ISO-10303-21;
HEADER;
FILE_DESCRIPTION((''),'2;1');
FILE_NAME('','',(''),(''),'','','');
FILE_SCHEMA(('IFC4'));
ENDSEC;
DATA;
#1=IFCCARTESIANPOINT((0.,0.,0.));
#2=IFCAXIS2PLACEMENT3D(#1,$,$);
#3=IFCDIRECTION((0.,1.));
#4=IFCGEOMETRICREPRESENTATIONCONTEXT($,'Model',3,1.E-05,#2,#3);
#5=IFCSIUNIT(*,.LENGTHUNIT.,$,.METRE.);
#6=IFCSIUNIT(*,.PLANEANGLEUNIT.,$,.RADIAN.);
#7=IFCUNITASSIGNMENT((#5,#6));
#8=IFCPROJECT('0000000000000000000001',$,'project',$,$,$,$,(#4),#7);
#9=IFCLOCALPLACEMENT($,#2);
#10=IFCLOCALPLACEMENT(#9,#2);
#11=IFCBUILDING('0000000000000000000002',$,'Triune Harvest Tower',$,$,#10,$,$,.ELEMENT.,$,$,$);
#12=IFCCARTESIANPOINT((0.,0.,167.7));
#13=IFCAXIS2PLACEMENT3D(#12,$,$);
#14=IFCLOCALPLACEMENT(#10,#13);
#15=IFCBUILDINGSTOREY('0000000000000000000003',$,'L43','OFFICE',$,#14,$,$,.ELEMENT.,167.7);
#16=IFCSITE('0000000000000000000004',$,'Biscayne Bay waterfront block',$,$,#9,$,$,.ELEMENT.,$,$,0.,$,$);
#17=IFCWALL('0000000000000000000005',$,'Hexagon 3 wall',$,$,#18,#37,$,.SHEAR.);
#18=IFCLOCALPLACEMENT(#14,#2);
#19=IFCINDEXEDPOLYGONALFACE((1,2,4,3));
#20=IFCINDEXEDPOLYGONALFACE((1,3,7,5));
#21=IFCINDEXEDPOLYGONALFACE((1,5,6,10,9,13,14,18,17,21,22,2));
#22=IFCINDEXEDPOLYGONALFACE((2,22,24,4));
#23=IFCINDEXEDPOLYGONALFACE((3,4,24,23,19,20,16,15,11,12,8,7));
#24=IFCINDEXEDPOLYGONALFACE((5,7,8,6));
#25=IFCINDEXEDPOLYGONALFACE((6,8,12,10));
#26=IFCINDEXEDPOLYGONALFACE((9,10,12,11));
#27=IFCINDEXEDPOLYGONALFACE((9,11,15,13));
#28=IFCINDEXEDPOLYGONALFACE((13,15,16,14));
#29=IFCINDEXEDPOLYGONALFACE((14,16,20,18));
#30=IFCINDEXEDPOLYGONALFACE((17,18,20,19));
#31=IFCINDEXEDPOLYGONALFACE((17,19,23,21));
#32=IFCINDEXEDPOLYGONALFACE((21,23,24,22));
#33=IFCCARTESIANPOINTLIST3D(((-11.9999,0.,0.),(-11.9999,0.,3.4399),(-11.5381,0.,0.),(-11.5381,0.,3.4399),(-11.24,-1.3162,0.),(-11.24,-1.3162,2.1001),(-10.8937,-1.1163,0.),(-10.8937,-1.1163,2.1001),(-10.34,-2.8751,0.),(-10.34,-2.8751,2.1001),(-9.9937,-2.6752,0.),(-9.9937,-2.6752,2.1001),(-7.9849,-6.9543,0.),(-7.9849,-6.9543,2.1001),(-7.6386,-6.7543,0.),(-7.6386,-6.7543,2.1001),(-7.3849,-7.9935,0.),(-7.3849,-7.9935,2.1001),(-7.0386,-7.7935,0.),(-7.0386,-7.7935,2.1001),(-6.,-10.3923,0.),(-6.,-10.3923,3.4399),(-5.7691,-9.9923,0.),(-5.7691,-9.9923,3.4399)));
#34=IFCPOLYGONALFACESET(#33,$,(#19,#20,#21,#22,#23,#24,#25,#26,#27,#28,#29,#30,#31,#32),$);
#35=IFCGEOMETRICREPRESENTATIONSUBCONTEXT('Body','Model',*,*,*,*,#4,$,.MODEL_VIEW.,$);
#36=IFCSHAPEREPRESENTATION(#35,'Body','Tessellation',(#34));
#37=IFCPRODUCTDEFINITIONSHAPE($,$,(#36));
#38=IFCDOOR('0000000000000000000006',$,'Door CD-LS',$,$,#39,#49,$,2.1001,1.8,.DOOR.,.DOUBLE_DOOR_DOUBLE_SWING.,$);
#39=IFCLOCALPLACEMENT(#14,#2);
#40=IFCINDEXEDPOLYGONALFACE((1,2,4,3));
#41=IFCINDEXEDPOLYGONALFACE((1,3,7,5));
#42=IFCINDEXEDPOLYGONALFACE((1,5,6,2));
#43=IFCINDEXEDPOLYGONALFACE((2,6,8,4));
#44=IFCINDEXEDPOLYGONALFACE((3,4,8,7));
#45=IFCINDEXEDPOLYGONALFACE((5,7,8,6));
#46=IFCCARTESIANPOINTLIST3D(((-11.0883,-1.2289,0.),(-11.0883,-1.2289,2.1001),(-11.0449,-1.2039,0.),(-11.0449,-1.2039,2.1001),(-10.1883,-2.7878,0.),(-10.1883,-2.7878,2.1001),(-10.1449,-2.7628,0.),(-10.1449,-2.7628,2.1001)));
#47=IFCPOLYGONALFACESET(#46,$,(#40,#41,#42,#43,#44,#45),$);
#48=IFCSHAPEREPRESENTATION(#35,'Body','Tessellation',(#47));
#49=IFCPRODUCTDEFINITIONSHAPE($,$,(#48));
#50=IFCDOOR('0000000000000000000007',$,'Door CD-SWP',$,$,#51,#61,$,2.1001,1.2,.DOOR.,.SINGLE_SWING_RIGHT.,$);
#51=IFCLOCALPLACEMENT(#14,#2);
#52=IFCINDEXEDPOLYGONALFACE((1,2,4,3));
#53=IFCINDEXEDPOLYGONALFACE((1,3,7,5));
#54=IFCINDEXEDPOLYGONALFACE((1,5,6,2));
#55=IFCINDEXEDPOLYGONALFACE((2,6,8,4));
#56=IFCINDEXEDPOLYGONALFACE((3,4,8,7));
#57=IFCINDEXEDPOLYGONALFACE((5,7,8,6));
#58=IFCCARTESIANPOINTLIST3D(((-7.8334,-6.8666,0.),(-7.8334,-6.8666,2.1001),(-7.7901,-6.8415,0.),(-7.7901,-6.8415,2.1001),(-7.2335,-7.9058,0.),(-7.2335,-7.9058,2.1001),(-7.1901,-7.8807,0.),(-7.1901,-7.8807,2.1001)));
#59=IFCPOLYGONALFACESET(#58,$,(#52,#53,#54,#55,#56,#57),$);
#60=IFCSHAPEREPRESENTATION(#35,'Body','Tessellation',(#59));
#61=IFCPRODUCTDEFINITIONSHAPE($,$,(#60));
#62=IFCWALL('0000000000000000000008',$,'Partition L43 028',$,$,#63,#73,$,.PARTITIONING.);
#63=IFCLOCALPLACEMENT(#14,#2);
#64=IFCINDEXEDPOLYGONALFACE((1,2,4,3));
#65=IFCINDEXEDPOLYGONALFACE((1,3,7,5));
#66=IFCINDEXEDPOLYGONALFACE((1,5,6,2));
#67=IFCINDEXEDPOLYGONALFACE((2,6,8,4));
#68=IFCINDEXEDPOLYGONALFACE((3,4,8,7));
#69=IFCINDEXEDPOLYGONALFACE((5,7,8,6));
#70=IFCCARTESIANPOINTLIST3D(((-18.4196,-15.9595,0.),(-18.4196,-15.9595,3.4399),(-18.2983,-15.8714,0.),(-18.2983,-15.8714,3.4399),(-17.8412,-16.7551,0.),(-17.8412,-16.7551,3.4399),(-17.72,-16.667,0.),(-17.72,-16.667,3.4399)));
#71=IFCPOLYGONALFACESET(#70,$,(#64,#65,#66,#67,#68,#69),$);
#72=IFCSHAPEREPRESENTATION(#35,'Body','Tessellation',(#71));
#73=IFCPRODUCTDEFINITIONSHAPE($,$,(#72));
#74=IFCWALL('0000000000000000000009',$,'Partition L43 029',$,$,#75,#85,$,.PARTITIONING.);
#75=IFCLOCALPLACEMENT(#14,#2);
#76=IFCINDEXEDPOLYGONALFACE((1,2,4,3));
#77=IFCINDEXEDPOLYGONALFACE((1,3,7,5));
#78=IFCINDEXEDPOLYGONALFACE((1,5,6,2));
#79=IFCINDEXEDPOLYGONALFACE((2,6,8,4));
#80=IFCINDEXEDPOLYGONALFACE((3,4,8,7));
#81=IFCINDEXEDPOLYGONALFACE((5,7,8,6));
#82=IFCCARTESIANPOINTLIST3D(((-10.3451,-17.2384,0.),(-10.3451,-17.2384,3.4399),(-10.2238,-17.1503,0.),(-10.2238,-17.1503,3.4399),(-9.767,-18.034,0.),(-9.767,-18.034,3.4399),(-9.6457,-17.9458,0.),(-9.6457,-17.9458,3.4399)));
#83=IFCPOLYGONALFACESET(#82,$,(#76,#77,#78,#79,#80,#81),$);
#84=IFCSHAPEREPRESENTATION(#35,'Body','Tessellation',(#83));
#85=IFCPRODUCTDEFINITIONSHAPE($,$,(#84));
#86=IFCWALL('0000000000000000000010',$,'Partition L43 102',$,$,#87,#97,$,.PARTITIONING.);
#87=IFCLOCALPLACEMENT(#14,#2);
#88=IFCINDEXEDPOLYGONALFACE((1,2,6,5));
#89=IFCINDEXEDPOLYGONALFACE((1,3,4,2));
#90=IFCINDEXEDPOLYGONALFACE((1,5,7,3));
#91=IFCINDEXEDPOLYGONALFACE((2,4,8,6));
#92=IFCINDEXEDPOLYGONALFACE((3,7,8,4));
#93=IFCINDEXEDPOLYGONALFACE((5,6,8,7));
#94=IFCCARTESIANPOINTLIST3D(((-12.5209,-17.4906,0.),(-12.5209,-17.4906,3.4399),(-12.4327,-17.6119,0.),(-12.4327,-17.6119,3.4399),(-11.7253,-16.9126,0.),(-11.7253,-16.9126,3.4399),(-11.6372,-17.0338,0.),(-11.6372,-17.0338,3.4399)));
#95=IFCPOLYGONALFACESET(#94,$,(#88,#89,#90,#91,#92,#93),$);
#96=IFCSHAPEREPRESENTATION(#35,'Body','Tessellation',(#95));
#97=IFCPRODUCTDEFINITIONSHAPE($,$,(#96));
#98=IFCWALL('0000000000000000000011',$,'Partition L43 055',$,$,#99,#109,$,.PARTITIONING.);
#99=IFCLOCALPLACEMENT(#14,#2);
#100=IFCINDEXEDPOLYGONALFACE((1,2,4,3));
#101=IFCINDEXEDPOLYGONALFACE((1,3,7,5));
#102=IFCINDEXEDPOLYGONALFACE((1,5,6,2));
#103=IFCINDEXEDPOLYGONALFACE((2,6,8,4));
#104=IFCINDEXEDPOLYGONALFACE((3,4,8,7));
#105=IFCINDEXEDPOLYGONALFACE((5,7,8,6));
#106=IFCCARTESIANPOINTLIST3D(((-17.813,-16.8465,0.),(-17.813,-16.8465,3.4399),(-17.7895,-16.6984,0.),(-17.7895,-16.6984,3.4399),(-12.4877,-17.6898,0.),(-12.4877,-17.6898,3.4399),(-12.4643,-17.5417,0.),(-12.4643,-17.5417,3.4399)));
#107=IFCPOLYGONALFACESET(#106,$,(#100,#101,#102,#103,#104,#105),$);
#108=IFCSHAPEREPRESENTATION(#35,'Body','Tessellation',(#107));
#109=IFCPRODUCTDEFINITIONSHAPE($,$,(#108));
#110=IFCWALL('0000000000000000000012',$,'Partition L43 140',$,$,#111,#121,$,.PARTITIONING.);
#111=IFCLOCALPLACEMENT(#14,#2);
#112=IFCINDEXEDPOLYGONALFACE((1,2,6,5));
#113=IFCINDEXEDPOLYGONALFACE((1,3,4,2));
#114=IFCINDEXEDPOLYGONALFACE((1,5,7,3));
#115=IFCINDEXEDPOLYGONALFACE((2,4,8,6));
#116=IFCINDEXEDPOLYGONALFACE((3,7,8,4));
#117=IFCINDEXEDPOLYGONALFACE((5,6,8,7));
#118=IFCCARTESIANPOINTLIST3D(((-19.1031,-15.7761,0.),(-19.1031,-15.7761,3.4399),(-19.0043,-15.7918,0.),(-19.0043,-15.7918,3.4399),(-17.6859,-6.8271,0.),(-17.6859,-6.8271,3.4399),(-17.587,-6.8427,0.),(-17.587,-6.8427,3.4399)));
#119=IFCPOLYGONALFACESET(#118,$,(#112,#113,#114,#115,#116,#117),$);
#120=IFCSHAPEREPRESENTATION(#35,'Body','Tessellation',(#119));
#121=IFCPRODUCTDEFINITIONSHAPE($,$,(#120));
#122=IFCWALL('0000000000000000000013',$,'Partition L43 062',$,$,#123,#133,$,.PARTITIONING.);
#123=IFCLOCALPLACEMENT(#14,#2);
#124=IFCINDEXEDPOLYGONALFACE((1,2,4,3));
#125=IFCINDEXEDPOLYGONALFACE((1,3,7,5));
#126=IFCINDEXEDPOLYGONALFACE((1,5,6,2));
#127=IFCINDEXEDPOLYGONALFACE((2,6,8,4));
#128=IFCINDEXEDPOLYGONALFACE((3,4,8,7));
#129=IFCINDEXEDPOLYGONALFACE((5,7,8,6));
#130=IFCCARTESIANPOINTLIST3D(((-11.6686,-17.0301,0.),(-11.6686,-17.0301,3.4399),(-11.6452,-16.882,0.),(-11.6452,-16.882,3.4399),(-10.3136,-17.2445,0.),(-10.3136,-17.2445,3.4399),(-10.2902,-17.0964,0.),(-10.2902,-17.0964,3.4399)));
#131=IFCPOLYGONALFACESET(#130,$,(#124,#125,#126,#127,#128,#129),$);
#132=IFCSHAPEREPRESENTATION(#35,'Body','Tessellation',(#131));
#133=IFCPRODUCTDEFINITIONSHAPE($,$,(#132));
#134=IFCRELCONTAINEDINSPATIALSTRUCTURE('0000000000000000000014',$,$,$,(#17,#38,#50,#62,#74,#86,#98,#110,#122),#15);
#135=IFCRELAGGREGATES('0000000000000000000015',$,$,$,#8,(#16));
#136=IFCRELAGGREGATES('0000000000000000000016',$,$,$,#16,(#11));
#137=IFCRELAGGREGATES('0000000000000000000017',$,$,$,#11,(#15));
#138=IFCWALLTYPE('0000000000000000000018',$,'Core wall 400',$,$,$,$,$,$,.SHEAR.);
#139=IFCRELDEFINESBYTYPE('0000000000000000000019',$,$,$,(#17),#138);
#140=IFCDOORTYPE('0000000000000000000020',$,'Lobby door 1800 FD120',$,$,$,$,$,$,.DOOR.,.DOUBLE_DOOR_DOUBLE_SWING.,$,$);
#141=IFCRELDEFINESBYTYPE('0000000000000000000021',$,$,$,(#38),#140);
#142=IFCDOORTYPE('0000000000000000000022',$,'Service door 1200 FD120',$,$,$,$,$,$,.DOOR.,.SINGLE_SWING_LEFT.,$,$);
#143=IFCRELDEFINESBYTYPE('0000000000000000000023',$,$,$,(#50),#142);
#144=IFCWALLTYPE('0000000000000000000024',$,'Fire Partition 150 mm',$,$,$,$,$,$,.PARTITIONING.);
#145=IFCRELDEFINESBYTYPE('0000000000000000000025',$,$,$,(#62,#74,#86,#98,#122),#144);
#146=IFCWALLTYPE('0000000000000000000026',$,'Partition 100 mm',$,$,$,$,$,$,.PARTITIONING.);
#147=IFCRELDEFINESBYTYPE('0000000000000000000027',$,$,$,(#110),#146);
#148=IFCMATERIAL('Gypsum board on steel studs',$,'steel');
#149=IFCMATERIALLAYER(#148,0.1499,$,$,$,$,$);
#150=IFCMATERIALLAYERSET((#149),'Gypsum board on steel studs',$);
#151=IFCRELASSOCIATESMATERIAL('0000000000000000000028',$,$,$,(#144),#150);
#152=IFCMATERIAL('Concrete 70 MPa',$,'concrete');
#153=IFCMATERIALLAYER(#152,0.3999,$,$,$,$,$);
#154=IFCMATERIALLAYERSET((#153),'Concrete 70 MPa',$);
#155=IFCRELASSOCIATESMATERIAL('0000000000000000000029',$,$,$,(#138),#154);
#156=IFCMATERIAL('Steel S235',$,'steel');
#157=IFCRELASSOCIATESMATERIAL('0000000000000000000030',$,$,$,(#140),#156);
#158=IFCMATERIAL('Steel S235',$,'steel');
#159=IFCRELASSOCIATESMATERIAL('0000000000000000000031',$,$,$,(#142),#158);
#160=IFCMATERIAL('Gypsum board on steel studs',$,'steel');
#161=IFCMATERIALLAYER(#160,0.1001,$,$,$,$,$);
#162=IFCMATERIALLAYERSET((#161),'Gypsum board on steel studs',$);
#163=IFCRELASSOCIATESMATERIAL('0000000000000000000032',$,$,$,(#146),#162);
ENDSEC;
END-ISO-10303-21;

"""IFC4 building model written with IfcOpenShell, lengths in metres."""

from ifc_helpers import new_model, si_unit, direction, frame, frame_2d, origin, place, context, subcontext, project, spatial, polyline, rectangle, outline, extrude, source, transform, mapped, material, layer, layer_set, type_object, element, fill, save


model = new_model("IFC4")

# Units and contexts
model_context = context("Model", 3, precision=1e-05, world=origin(), true_north=direction((0.0, 1.0)))
body_context = subcontext(model_context, "Body", "Model", "MODEL_VIEW")
ifc_project = project(units=[si_unit("LENGTHUNIT", "METRE"), si_unit("PLANEANGLEUNIT", "RADIAN")], contexts=[model_context])

# Site, building, storey
site_placement = place(None, origin())
site = spatial("IfcSite", under=ifc_project, at=site_placement, Name="Biscayne Bay waterfront block", CompositionType="ELEMENT", RefElevation=0.0)
building_placement = place(site_placement, origin())
building = spatial("IfcBuilding", under=site, at=building_placement, Name="Triune Harvest Tower", CompositionType="ELEMENT")
storey_placement = place(building_placement, frame((0.0, 0.0, 167.7)))
storey = spatial("IfcBuildingStorey", under=building, at=storey_placement, Name="L43", Description="OFFICE", CompositionType="ELEMENT", Elevation=167.7)

# Shared definitions
ifc_material_1 = material(Name="Gypsum board on steel studs", Category="steel")
ifc_layer_1 = layer(ifc_material_1, 0.1499)
ifc_layer_set_1 = layer_set([ifc_layer_1], Name="Gypsum board on steel studs")
wall_type_1 = type_object("IfcWallType", Name="Fire Partition 150 mm", PredefinedType="PARTITIONING", material=ifc_layer_set_1)

# Wall, openings, doors
ifc_material_2 = material(Name="Concrete 70 MPa", Category="concrete")
ifc_layer_2 = layer(ifc_material_2, 0.3999)
ifc_layer_set_2 = layer_set([ifc_layer_2], Name="Concrete 70 MPa")
wall_type_2 = type_object("IfcWallType", Name="Core wall 400", PredefinedType="SHEAR", material=ifc_layer_set_2)
shared_shape_1 = source(origin(), body_context, "Body", "SweptSolid", [
    extrude(outline(polyline([(-0.1155, -0.2), (11.8845, -0.2), (11.6536, 0.2), (0.1155, 0.2), (-0.1155, -0.2)])), origin(), (0.0, 0.0, 1.0), 3.4399),
])
wall_1_placement = place(storey_placement, frame((-11.769, 0.0, 0.0), z_axis=(0.0, 0.0, 1.0), x_axis=(0.499997, -0.866027, 0.0)))
wall_1 = element("IfcWall", 1, at=wall_1_placement, inside=storey, type_object=wall_type_2, Name="Hexagon 3 wall", PredefinedType="SHEAR", context=body_context, shape_type="MappedRepresentation", body=[
    mapped(shared_shape_1, transform((0.0, 0.0, 0.0), scale=1.0)),
])
opening_1_placement = place(wall_1_placement, frame((1.4045, 0.0, 0.0)))
opening_1 = element("IfcOpeningElement", 2, at=opening_1_placement, cuts=wall_1, PredefinedType="OPENING", context=body_context, shape_type="SweptSolid", body=[
    extrude(rectangle(XDim=1.8, YDim=2.1001, at=frame_2d((0.8999, 1.05))), frame((0.0, 0.21, 0.0), z_axis=(0.0, -1.0, 0.0), x_axis=(1.0, 0.0, 0.0)), (0.0, 0.0, 1.0), 0.4199),
])
opening_2_placement = place(wall_1_placement, frame((7.9146, 0.0, 0.0)))
opening_2 = element("IfcOpeningElement", 3, at=opening_2_placement, cuts=wall_1, PredefinedType="OPENING", context=body_context, shape_type="SweptSolid", body=[
    extrude(rectangle(XDim=1.2, YDim=2.1001, at=frame_2d((0.6001, 1.05))), frame((0.0, 0.21, 0.0), z_axis=(0.0, -1.0, 0.0), x_axis=(1.0, 0.0, 0.0)), (0.0, 0.0, 1.0), 0.4199),
])
ifc_material_3 = material(Name="Steel S235", Category="steel")
door_type_1 = type_object("IfcDoorType", Name="Lobby door 1800 FD120", OperationType="DOUBLE_DOOR_DOUBLE_SWING", PredefinedType="DOOR", material=ifc_material_3)
door_1_placement = place(opening_1_placement, frame((1.8, 0.0, 0.0), z_axis=(0.0, 0.0, 1.0), x_axis=(-1.0, 0.0, 0.0)))
door_1 = element("IfcDoor", 4, at=door_1_placement, inside=storey, type_object=door_type_1, Name="Door CD-LS", OperationType="DOUBLE_DOOR_DOUBLE_SWING", OverallHeight=2.1001, OverallWidth=1.8, PredefinedType="DOOR", context=body_context, shape_type="SweptSolid", body=[
    extrude(rectangle(XDim=1.8, YDim=2.1001, at=frame_2d((0.8999, 1.05))), frame((0.0, 0.0249, 0.0), z_axis=(0.0, -1.0, 0.0), x_axis=(1.0, 0.0, 0.0)), (0.0, 0.0, 1.0), 0.05),
])
fill(opening_1, door_1)
ifc_material_4 = material(Name="Steel S235", Category="steel")
door_type_2 = type_object("IfcDoorType", Name="Service door 1200 FD120", OperationType="SINGLE_SWING_LEFT", PredefinedType="DOOR", material=ifc_material_4)
door_2_placement = place(opening_2_placement, frame((1.2, 0.0, 0.0), z_axis=(0.0, 0.0, 1.0), x_axis=(-1.0, 0.0, 0.0)))
door_2 = element("IfcDoor", 5, at=door_2_placement, inside=storey, type_object=door_type_2, Name="Door CD-SWP", OperationType="SINGLE_SWING_RIGHT", OverallHeight=2.1001, OverallWidth=1.2, PredefinedType="DOOR", context=body_context, shape_type="SweptSolid", body=[
    extrude(rectangle(XDim=1.2, YDim=2.1001, at=frame_2d((0.6001, 1.05))), frame((0.0, 0.0249, 0.0), z_axis=(0.0, -1.0, 0.0), x_axis=(1.0, 0.0, 0.0)), (0.0, 0.0, 1.0), 0.05),
])
fill(opening_2, door_2)

# Walls
shared_shape_2 = source(origin(), body_context, "Body", "SweptSolid", [
    extrude(rectangle(XDim=0.9836, YDim=0.1499, at=frame_2d((0.4917, 0.0))), origin(), (0.0, 0.0, 1.0), 3.4399),
])
wall_2_placement = place(storey_placement, frame((-18.3589, -15.9155, 0.0), z_axis=(0.0, 0.0, 1.0), x_axis=(0.58798, -0.808876, 0.0)))
element("IfcWall", 6, at=wall_2_placement, inside=storey, type_object=wall_type_1, Name="Partition L43 028", PredefinedType="PARTITIONING", context=body_context, shape_type="MappedRepresentation", body=[
    mapped(shared_shape_2, transform((0.0, 0.0, 0.0), scale=1.0)),
])
shared_shape_3 = source(origin(), body_context, "Body", "SweptSolid", [
    extrude(rectangle(XDim=0.9834, YDim=0.1499, at=frame_2d((0.4917, 0.0))), origin(), (0.0, 0.0, 1.0), 3.4399),
])
for number, where, z_axis, x_axis, name in (
    (7, (-10.2844, -17.1943, 0.0), (0.0, 0.0, 1.0), (0.587817, -0.808994, 0.0), "Partition L43 029"),
    (8, (-12.4768, -17.5513, 0.0), (0.0, 0.0, 1.0), (0.808994, 0.587817, 0.0), "Partition L43 102"),
):
    element("IfcWall", number, at=place(storey_placement, frame(where, z_axis=z_axis, x_axis=x_axis)), inside=storey, type_object=wall_type_1, Name=name, PredefinedType="PARTITIONING", context=body_context, shape_type="MappedRepresentation", body=[
        mapped(shared_shape_3, transform((0.0, 0.0, 0.0), scale=1.0)),
    ])
shared_shape_4 = source(origin(), body_context, "Body", "SweptSolid", [
    extrude(rectangle(XDim=5.3916, YDim=0.1499, at=frame_2d((2.6958, 0.0))), origin(), (0.0, 0.0, 1.0), 3.4399),
])
wall_3_placement = place(storey_placement, frame((-17.8013, -16.7725, 0.0), z_axis=(0.0, 0.0, 1.0), x_axis=(0.987693, -0.156404, 0.0)))
element("IfcWall", 9, at=wall_3_placement, inside=storey, type_object=wall_type_1, Name="Partition L43 055", PredefinedType="PARTITIONING", context=body_context, shape_type="MappedRepresentation", body=[
    mapped(shared_shape_4, transform((0.0, 0.0, 0.0), scale=1.0)),
])
ifc_material_5 = material(Name="Gypsum board on steel studs", Category="steel")
ifc_layer_3 = layer(ifc_material_5, 0.1001)
ifc_layer_set_3 = layer_set([ifc_layer_3], Name="Gypsum board on steel studs")
wall_type_3 = type_object("IfcWallType", Name="Partition 100 mm", PredefinedType="PARTITIONING", material=ifc_layer_set_3)
shared_shape_5 = source(origin(), body_context, "Body", "SweptSolid", [
    extrude(rectangle(XDim=9.0605, YDim=0.1001, at=frame_2d((4.5303, 0.0))), origin(), (0.0, 0.0, 1.0), 3.4399),
])
wall_4_placement = place(storey_placement, frame((-19.0537, -15.7839, 0.0), z_axis=(0.0, 0.0, 1.0), x_axis=(0.156419, 0.987691, 0.0)))
element("IfcWall", 10, at=wall_4_placement, inside=storey, type_object=wall_type_3, Name="Partition L43 140", PredefinedType="PARTITIONING", context=body_context, shape_type="MappedRepresentation", body=[
    mapped(shared_shape_5, transform((0.0, 0.0, 0.0), scale=1.0)),
])
shared_shape_6 = source(origin(), body_context, "Body", "SweptSolid", [
    extrude(rectangle(XDim=1.3718, YDim=0.1499, at=frame_2d((0.686, 0.0))), origin(), (0.0, 0.0, 1.0), 3.4399),
])
wall_5_placement = place(storey_placement, frame((-11.657, -16.9561, 0.0), z_axis=(0.0, 0.0, 1.0), x_axis=(0.987717, -0.156255, 0.0)))
element("IfcWall", 11, at=wall_5_placement, inside=storey, type_object=wall_type_1, Name="Partition L43 062", PredefinedType="PARTITIONING", context=body_context, shape_type="MappedRepresentation", body=[
    mapped(shared_shape_6, transform((0.0, 0.0, 0.0), scale=1.0)),
])

save(model, "model.ifc")
